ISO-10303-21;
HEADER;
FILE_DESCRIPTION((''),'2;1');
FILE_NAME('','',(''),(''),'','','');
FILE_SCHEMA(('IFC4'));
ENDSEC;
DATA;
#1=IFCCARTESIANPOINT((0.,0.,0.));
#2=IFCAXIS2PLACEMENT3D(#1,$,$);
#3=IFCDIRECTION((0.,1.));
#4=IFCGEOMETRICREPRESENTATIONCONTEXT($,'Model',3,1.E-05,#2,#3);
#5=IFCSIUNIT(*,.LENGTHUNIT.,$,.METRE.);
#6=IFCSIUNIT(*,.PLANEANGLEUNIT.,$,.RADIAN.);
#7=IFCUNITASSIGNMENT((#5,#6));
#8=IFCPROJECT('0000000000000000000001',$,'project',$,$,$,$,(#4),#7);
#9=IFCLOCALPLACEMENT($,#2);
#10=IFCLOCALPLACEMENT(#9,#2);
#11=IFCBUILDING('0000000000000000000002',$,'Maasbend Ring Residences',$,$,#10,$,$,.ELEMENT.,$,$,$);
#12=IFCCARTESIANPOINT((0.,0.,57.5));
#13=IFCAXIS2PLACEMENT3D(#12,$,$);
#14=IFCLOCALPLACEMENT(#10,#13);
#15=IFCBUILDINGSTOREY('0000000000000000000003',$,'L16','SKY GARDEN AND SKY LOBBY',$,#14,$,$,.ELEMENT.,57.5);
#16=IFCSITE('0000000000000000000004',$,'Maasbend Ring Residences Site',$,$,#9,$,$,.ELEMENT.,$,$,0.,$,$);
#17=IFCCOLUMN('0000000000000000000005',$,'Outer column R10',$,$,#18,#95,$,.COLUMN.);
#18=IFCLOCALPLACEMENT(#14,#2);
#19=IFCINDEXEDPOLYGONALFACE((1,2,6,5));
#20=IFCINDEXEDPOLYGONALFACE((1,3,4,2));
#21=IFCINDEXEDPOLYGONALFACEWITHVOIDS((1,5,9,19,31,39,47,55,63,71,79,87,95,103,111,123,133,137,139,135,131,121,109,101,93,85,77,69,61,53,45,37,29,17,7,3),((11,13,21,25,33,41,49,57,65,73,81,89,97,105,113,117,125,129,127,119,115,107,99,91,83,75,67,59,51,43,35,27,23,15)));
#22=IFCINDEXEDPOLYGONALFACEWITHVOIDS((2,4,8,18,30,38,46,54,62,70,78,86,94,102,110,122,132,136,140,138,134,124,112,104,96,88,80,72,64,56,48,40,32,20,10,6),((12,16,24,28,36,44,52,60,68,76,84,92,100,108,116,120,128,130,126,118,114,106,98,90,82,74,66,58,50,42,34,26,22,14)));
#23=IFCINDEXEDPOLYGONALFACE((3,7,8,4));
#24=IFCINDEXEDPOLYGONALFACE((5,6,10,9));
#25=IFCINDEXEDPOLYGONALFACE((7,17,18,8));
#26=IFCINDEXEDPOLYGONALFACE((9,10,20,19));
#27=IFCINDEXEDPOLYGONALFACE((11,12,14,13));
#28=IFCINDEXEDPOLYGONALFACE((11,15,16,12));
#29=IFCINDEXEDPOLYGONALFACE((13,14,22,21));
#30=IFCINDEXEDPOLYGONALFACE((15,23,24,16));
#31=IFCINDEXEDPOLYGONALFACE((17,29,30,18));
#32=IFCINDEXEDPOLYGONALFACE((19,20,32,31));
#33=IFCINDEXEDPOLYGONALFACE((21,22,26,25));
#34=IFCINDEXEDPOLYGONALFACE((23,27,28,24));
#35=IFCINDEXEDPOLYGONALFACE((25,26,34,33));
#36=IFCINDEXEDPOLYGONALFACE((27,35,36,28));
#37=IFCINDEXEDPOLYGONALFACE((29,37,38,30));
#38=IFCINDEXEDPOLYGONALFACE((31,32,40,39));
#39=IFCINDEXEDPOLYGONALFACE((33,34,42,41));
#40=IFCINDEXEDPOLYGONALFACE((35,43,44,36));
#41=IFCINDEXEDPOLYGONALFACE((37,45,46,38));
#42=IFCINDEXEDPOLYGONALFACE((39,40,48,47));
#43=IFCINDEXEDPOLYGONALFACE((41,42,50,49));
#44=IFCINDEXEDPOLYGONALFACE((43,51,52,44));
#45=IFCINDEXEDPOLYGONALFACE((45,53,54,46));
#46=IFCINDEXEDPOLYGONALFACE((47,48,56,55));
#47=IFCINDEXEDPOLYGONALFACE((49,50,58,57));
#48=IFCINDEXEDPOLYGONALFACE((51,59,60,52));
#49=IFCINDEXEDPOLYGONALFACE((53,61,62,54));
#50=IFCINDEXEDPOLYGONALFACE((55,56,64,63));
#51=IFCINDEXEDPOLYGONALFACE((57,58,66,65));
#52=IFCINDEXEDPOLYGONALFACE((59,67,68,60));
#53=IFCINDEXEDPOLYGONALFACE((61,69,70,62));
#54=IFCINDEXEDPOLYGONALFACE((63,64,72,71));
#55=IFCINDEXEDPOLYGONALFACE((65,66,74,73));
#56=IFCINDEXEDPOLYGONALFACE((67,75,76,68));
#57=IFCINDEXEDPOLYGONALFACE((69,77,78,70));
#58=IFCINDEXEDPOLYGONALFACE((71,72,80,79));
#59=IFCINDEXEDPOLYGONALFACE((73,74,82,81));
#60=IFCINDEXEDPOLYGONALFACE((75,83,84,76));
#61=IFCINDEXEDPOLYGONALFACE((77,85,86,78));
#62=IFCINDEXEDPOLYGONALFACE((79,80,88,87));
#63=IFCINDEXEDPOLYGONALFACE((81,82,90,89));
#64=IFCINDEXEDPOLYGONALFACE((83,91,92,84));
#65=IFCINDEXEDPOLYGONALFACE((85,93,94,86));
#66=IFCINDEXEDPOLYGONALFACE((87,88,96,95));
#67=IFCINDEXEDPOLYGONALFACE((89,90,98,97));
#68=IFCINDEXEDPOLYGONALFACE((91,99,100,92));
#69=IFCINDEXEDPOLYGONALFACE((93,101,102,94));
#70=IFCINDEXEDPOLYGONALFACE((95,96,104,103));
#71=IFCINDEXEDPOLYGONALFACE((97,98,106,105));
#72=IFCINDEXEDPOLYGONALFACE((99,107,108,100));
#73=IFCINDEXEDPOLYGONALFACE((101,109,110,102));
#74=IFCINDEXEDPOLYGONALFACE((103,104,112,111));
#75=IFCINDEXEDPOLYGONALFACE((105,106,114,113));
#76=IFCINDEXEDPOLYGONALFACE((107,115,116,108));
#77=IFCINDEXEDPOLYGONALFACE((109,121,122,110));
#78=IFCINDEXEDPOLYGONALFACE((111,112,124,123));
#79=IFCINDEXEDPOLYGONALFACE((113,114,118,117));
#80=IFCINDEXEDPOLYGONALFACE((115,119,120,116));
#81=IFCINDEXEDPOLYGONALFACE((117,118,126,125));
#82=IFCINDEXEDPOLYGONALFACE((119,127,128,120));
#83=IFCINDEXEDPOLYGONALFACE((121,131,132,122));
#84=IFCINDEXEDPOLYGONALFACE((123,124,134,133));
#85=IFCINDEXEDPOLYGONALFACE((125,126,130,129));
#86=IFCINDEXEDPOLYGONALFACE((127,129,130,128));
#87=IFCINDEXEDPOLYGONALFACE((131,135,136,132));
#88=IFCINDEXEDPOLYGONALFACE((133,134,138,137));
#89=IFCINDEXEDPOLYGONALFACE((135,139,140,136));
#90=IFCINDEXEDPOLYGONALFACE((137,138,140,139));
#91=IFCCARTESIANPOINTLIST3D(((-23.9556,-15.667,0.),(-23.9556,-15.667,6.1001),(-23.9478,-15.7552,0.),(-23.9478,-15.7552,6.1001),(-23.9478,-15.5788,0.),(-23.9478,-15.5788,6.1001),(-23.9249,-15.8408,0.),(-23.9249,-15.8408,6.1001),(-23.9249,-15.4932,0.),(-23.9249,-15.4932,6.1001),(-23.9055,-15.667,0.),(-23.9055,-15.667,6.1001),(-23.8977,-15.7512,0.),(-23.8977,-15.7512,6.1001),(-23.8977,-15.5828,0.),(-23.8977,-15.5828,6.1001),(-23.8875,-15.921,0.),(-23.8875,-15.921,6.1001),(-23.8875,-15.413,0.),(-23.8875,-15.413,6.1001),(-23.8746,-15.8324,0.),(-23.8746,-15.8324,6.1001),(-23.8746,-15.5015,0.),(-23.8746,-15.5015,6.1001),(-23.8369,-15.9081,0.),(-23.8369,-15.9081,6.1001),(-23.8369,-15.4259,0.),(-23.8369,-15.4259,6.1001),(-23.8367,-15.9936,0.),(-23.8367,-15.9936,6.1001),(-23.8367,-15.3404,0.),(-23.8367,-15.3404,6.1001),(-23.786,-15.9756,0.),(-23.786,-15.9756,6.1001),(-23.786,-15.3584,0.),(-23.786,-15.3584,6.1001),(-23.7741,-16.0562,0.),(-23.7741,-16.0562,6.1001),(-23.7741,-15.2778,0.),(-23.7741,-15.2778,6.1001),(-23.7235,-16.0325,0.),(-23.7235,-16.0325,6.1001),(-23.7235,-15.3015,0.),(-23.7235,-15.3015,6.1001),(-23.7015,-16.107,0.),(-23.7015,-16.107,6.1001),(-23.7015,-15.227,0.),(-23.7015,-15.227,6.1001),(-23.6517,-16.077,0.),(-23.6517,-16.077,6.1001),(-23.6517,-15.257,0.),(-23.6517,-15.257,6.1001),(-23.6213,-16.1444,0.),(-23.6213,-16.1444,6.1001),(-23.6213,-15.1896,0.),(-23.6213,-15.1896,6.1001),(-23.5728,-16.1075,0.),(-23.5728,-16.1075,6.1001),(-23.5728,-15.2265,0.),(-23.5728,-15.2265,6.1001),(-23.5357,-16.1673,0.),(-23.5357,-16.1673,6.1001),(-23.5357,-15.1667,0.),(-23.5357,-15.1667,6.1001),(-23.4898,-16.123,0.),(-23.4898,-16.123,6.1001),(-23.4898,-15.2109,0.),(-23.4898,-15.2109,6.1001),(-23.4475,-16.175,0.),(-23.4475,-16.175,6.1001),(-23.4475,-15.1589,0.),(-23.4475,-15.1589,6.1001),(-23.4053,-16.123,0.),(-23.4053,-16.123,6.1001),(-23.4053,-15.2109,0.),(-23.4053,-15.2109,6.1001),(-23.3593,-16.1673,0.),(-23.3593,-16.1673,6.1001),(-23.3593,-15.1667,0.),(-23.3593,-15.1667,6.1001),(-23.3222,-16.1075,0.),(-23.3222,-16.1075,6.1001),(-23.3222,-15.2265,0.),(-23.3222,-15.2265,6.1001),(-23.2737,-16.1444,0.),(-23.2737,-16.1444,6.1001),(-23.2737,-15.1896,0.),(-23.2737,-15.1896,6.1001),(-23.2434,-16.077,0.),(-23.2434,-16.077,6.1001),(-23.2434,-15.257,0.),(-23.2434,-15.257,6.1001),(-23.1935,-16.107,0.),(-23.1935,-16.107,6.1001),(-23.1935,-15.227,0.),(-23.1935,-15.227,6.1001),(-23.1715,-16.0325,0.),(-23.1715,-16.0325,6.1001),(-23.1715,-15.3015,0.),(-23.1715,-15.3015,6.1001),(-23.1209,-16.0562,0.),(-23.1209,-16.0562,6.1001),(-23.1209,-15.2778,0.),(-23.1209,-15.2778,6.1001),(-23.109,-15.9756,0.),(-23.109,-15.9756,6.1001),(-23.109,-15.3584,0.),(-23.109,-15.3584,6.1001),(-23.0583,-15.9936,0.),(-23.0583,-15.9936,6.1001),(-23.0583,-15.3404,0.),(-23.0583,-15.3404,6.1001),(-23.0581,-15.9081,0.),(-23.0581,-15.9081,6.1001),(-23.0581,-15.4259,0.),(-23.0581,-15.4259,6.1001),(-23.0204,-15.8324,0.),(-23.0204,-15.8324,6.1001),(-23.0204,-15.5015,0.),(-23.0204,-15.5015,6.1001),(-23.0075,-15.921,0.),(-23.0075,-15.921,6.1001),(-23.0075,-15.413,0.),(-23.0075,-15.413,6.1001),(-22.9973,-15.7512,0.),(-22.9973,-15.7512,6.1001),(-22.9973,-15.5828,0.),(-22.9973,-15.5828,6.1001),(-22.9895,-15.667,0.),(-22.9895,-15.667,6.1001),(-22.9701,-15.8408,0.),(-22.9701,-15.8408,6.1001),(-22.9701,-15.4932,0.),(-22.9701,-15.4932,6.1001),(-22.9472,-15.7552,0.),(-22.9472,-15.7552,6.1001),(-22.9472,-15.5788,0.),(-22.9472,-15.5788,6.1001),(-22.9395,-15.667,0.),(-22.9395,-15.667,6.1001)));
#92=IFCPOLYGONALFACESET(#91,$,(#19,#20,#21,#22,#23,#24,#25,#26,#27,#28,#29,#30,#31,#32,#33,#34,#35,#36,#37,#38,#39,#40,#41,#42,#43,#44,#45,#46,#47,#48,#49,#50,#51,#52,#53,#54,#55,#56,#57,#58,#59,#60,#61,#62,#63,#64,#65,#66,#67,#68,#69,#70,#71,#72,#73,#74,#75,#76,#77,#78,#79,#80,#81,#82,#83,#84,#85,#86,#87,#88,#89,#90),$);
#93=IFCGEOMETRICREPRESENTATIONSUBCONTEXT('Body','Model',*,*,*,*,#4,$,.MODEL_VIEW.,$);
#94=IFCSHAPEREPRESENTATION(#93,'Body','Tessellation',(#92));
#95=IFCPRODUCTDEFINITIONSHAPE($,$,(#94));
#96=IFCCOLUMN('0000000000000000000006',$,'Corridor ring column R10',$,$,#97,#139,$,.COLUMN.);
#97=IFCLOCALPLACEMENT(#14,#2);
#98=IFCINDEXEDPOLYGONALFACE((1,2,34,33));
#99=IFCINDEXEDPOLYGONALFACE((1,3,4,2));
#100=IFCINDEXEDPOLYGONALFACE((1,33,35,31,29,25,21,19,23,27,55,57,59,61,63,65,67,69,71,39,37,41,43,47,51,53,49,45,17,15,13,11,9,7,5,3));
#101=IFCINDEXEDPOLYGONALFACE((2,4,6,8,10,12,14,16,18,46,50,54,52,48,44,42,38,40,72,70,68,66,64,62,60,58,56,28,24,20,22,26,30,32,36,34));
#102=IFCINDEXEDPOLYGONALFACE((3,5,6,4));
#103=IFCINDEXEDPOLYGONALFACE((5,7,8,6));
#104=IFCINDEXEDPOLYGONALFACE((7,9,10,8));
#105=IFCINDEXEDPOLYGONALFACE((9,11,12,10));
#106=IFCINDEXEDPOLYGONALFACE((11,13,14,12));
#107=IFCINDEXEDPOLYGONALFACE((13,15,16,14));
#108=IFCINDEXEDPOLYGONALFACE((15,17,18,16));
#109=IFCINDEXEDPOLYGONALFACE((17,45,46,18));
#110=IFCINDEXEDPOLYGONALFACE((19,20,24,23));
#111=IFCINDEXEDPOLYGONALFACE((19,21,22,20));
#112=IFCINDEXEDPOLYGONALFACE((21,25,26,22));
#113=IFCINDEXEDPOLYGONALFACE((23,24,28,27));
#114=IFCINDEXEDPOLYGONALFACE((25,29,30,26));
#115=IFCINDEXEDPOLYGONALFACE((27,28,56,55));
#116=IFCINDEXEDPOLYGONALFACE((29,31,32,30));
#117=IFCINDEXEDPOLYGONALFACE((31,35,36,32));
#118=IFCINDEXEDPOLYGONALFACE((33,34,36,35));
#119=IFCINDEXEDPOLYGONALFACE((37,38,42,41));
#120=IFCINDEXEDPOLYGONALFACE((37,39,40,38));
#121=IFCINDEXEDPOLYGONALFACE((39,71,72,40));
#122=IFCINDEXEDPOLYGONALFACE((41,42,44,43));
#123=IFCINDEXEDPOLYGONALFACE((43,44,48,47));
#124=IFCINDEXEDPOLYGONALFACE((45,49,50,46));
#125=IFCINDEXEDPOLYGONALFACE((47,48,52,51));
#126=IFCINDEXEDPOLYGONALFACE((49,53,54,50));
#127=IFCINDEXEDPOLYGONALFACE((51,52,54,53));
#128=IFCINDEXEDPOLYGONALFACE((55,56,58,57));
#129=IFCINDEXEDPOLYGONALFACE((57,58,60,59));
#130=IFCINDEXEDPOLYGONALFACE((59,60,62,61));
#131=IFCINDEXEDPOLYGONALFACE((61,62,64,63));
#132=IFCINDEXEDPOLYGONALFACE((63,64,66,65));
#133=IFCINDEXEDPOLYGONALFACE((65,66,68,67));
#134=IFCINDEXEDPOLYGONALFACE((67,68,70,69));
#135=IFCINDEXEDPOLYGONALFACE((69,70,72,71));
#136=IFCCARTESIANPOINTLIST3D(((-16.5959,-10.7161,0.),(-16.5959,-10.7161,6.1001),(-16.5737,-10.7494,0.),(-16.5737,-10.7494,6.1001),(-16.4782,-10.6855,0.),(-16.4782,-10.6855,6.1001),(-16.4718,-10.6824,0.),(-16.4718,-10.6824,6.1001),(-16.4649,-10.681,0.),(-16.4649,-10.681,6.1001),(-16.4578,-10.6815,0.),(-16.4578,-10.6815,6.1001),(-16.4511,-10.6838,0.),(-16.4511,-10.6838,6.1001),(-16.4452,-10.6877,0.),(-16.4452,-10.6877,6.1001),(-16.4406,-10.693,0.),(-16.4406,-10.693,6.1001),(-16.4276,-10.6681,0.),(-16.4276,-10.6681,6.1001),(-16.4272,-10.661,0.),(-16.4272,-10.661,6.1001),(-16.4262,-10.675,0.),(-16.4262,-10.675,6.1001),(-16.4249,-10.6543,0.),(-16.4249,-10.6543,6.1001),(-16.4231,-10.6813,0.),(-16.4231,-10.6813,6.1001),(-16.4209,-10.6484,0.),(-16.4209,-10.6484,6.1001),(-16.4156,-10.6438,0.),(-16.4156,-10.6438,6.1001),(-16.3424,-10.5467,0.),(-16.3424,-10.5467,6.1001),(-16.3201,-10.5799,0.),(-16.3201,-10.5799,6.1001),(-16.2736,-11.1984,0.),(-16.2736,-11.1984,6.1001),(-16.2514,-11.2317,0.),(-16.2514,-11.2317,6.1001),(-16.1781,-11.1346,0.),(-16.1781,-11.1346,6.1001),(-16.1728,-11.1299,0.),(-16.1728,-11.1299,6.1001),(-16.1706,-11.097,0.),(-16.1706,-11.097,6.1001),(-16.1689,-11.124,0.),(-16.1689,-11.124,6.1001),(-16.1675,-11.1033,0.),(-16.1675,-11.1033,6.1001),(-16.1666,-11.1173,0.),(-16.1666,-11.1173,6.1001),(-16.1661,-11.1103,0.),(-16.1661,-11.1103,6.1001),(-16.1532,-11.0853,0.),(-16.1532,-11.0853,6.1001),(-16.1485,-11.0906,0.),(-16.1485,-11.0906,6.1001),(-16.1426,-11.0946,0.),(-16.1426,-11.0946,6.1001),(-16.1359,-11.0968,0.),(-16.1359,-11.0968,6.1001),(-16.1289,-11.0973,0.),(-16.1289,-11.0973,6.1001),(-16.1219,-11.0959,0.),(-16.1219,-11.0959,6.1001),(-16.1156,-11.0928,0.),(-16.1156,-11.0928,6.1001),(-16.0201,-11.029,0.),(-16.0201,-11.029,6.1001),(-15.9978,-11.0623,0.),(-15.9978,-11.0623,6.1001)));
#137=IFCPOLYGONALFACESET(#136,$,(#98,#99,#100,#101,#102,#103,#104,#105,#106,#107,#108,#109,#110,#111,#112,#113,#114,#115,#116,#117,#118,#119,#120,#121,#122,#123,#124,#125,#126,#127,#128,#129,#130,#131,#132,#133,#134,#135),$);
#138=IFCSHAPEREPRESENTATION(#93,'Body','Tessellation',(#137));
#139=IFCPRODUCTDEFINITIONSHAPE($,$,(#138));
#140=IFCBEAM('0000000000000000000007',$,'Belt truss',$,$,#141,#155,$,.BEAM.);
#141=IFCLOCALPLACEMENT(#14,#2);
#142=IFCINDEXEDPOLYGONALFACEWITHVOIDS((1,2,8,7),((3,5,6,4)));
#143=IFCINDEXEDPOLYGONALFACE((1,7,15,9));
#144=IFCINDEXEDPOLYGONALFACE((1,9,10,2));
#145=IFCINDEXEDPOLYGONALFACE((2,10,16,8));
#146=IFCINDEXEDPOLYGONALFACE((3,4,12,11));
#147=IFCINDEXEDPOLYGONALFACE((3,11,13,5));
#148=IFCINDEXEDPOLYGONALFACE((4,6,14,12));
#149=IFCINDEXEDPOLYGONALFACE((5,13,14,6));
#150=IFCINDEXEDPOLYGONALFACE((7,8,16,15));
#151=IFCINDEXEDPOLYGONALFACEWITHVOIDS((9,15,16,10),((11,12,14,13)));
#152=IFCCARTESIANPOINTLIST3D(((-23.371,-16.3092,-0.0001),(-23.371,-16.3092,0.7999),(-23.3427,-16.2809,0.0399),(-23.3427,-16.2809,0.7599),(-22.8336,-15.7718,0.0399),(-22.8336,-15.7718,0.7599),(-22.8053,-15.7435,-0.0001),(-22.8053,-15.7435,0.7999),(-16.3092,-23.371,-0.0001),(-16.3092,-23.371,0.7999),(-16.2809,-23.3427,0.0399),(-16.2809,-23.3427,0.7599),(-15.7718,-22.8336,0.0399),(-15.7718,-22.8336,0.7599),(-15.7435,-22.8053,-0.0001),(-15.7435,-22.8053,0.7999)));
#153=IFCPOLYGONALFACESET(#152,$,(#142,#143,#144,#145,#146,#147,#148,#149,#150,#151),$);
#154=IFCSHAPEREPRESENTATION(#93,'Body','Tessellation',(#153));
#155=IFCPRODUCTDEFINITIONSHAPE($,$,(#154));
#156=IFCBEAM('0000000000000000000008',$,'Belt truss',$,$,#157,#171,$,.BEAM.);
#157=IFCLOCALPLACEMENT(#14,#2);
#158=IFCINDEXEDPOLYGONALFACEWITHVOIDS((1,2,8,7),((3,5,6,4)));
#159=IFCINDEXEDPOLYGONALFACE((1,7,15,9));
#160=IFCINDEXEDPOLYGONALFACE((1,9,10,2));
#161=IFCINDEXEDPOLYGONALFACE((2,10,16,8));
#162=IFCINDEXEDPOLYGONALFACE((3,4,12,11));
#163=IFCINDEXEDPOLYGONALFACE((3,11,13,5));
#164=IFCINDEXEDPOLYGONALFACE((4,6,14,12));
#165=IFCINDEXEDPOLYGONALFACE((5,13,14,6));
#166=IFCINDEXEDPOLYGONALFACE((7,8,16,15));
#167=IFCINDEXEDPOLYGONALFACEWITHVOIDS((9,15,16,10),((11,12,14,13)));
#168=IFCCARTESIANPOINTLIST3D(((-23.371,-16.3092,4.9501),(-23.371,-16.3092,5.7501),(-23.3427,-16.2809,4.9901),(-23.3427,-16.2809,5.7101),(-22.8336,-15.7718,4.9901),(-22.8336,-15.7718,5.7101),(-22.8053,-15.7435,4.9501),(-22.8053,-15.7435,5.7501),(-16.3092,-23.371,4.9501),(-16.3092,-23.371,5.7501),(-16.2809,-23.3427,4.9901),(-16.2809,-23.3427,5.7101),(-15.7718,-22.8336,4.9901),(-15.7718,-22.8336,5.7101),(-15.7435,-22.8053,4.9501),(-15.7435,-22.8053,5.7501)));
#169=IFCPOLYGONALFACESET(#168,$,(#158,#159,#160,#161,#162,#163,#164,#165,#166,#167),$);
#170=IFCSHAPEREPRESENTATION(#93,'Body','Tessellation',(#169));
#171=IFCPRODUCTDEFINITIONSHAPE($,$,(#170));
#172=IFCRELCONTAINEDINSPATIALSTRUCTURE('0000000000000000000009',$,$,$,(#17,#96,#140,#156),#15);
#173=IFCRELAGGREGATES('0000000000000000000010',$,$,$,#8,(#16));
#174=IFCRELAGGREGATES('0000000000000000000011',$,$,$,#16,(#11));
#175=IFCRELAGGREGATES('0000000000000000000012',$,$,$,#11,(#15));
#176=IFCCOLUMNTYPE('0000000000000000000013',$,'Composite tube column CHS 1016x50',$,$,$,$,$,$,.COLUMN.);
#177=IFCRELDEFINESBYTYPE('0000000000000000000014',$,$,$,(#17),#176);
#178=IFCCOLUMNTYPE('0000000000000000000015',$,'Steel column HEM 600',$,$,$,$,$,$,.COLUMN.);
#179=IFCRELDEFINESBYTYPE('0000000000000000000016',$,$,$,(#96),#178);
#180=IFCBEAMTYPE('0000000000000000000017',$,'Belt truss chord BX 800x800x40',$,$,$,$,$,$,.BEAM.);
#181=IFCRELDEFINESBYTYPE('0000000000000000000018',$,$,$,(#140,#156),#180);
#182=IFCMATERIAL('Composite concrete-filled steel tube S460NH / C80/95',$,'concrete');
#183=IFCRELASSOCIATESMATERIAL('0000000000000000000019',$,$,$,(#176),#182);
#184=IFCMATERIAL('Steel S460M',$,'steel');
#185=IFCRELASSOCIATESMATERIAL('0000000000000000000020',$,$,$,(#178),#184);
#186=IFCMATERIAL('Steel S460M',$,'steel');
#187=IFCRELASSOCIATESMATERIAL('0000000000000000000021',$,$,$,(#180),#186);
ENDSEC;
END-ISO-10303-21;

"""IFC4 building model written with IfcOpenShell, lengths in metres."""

from ifc_helpers import new_model, si_unit, direction, frame, origin, origin_2d, place, context, subcontext, project, spatial, hollow_rectangle, hollow_circle, i_section, extrude, material, material_profile, profile_set, type_object, element, save


model = new_model("IFC4")

# Units and contexts
model_context = context("Model", 3, precision=1e-05, world=origin(), true_north=direction((0.0, 1.0)))
body_context = subcontext(model_context, "Body", "Model", "MODEL_VIEW")
ifc_project = project(units=[si_unit("LENGTHUNIT", "METRE"), si_unit("PLANEANGLEUNIT", "RADIAN")], contexts=[model_context])

# Site, building, storey
site_placement = place(None, origin())
site = spatial("IfcSite", under=ifc_project, at=site_placement, Name="Maasbend Ring Residences Site", CompositionType="ELEMENT", RefElevation=0.0)
building_placement = place(site_placement, origin())
building = spatial("IfcBuilding", under=site, at=building_placement, Name="Maasbend Ring Residences", CompositionType="ELEMENT")
storey_placement = place(building_placement, frame((0.0, 0.0, 57.5)))
storey = spatial("IfcBuildingStorey", under=building, at=storey_placement, Name="L16", Description="SKY GARDEN AND SKY LOBBY", CompositionType="ELEMENT", Elevation=57.5)

# Columns
ifc_material_1 = material(Name="Composite concrete-filled steel tube S460NH / C80/95", Category="concrete")
ifc_material_profile_1 = material_profile(ifc_material_1, hollow_circle(Radius=0.5081, WallThickness=0.05, at=origin_2d()), Name="Composite tube column CHS 1016x50")
ifc_profile_set_1 = profile_set([ifc_material_profile_1], Name="Composite concrete-filled steel tube S460NH / C80/95")
column_type_1 = type_object("IfcColumnType", Name="Composite tube column CHS 1016x50", PredefinedType="COLUMN", material=ifc_profile_set_1)
column_1_placement = place(storey_placement, frame((-23.4475, -15.667, 0.0), z_axis=(0.0, 0.0, 1.0), x_axis=(1.0, 0.0, 0.0)))
element("IfcColumn", 1, at=column_1_placement, inside=storey, type_object=column_type_1, Name="Outer column R10", PredefinedType="COLUMN", context=body_context, shape_type="SweptSolid", body=[
    extrude(hollow_circle(Radius=0.5081, WallThickness=0.05, at=origin_2d()), origin(), (0.0, 0.0, 1.0), 6.1001),
])
ifc_material_2 = material(Name="Steel S460M", Category="steel")
ifc_material_profile_2 = material_profile(ifc_material_2, i_section(OverallWidth=0.3049, OverallDepth=0.6201, WebThickness=0.021, FlangeThickness=0.04, FilletRadius=0.0271, at=origin_2d()), Name="HEM 600")
ifc_profile_set_2 = profile_set([ifc_material_profile_2], Name="Steel S460M")
column_type_2 = type_object("IfcColumnType", Name="Steel column HEM 600", PredefinedType="COLUMN", material=ifc_profile_set_2)
column_2_placement = place(storey_placement, frame((-16.2969, -10.8892, 0.0), z_axis=(0.0, 0.0, 1.0), x_axis=(-0.83147, -0.55557, 0.0)))
element("IfcColumn", 2, at=column_2_placement, inside=storey, type_object=column_type_2, Name="Corridor ring column R10", PredefinedType="COLUMN", context=body_context, shape_type="SweptSolid", body=[
    extrude(i_section(OverallWidth=0.3049, OverallDepth=0.6201, WebThickness=0.021, FlangeThickness=0.04, FilletRadius=0.0271, at=origin_2d()), origin(), (0.0, 0.0, 1.0), 6.1001),
])

# Beams
ifc_material_3 = material(Name="Steel S460M", Category="steel")
ifc_material_profile_3 = material_profile(ifc_material_3, hollow_rectangle(XDim=0.8, YDim=0.8, WallThickness=0.04, at=origin_2d()), Name="Belt truss chord BX 800x800x40")
ifc_profile_set_3 = profile_set([ifc_material_profile_3], Name="Steel S460M")
beam_type_1 = type_object("IfcBeamType", Name="Belt truss chord BX 800x800x40", PredefinedType="BEAM", material=ifc_profile_set_3)
for number, where, z_axis, x_axis, name in (
    (3, (-23.0881, -16.0264, 0.3999), (0.707107, -0.707107, 0.0), (0.707107, 0.707107, 0.0), "Belt truss"),
    (4, (-23.0881, -16.0264, 5.3501), (0.707107, -0.707107, 0.0), (0.707107, 0.707107, 0.0), "Belt truss"),
):
    element("IfcBeam", number, at=place(storey_placement, frame(where, z_axis=z_axis, x_axis=x_axis)), inside=storey, type_object=beam_type_1, Name=name, PredefinedType="BEAM", context=body_context, shape_type="SweptSolid", body=[
        extrude(hollow_rectangle(XDim=0.8, YDim=0.8, WallThickness=0.04, at=origin_2d()), origin(), (0.0, 0.0, 1.0), 9.9868),
    ])

save(model, "model.ifc")
